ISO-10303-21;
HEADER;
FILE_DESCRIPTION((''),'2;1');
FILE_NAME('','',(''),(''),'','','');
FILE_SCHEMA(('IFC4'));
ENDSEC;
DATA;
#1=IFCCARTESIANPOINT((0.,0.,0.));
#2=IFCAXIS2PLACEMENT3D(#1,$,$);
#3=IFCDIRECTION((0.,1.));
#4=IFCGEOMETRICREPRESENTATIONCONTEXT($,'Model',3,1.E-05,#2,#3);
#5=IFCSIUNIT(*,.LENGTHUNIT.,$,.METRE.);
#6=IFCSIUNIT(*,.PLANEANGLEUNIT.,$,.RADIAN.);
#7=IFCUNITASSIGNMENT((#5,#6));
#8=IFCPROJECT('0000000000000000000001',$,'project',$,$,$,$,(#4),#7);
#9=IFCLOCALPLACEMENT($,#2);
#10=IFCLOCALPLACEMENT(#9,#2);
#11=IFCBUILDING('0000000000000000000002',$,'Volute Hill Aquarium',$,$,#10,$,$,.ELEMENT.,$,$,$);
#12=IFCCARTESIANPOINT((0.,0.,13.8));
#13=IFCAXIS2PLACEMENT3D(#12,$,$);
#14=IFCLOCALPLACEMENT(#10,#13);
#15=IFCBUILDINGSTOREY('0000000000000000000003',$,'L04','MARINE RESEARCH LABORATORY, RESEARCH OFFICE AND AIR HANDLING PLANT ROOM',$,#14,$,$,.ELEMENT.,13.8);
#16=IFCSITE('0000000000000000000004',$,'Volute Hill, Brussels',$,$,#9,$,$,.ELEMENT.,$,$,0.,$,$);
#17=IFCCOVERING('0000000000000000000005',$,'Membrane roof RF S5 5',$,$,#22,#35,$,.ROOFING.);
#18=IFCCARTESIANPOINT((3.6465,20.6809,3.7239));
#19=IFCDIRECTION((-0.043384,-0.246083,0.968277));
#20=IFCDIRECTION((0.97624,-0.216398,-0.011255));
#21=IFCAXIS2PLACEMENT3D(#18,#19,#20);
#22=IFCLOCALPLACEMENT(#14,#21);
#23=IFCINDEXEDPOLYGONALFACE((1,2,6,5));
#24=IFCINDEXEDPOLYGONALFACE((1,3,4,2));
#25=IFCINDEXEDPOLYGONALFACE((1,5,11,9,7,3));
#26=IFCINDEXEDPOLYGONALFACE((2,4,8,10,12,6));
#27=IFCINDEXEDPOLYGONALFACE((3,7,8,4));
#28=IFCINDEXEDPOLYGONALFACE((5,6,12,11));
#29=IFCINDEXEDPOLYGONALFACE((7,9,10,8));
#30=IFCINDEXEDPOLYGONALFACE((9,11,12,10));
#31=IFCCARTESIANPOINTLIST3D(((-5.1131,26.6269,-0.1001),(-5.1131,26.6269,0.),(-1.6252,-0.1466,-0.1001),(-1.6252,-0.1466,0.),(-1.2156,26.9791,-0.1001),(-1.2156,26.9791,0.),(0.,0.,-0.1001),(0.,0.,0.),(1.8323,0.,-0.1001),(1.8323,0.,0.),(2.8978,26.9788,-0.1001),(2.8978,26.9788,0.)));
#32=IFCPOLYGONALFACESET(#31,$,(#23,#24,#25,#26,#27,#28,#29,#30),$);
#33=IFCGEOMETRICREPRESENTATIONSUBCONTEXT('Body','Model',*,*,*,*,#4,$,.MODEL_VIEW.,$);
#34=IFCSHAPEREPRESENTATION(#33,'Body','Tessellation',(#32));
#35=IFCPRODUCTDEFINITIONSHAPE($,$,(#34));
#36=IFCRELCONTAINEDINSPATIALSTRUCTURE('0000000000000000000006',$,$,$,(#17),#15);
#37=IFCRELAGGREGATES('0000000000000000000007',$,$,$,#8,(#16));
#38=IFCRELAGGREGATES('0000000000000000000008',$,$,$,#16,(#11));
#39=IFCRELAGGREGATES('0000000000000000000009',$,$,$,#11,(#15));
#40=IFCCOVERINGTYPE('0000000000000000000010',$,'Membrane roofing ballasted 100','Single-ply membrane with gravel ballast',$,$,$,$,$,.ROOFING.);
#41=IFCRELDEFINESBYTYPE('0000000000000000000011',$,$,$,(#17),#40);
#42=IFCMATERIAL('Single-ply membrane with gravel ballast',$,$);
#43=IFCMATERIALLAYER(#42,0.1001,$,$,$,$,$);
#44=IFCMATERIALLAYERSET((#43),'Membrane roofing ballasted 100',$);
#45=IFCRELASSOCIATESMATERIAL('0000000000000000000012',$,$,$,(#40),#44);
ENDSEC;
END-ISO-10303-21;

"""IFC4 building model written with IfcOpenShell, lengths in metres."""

from ifc_helpers import new_model, si_unit, direction, frame, origin, place, context, subcontext, project, spatial, polyline, outline, extrude, material, layer, layer_set, type_object, element, save


model = new_model("IFC4")

# Units and contexts
model_context = context("Model", 3, precision=1e-05, world=origin(), true_north=direction((0.0, 1.0)))
body_context = subcontext(model_context, "Body", "Model", "MODEL_VIEW")
ifc_project = project(units=[si_unit("LENGTHUNIT", "METRE"), si_unit("PLANEANGLEUNIT", "RADIAN")], contexts=[model_context])

# Site, building, storey
site_placement = place(None, origin())
site = spatial("IfcSite", under=ifc_project, at=site_placement, Name="Volute Hill, Brussels", CompositionType="ELEMENT", RefElevation=0.0)
building_placement = place(site_placement, origin())
building = spatial("IfcBuilding", under=site, at=building_placement, Name="Volute Hill Aquarium", CompositionType="ELEMENT")
storey_placement = place(building_placement, frame((0.0, 0.0, 13.8)))
storey = spatial("IfcBuildingStorey", under=building, at=storey_placement, Name="L04", Description="MARINE RESEARCH LABORATORY, RESEARCH OFFICE AND AIR HANDLING PLANT ROOM", CompositionType="ELEMENT", Elevation=13.8)

# Covering
ifc_material_1 = material(Name="Single-ply membrane with gravel ballast")
ifc_layer_1 = layer(ifc_material_1, 0.1001)
ifc_layer_set_1 = layer_set([ifc_layer_1], Name="Membrane roofing ballasted 100")
covering_type_1 = type_object("IfcCoveringType", Name="Membrane roofing ballasted 100", Description="Single-ply membrane with gravel ballast", PredefinedType="ROOFING", material=ifc_layer_set_1)
covering_1_placement = place(storey_placement, frame((3.6465, 20.6809, 3.7239), z_axis=(-0.043384, -0.246083, 0.968277), x_axis=(0.97624, -0.216398, -0.011255)))
element("IfcCovering", 1, at=covering_1_placement, inside=storey, type_object=covering_type_1, Name="Membrane roof RF S5 5", PredefinedType="ROOFING", context=body_context, shape_type="SweptSolid", body=[
    extrude(outline(polyline([(0.0, 0.0), (1.8323, 0.0), (2.8978, 26.9788), (-1.2156, 26.9791), (-5.1131, 26.6269), (-1.6252, -0.1466), (0.0, 0.0)])), origin(), (0.0, 0.0, -1.0), 0.1001),
])

save(model, "model.ifc")
